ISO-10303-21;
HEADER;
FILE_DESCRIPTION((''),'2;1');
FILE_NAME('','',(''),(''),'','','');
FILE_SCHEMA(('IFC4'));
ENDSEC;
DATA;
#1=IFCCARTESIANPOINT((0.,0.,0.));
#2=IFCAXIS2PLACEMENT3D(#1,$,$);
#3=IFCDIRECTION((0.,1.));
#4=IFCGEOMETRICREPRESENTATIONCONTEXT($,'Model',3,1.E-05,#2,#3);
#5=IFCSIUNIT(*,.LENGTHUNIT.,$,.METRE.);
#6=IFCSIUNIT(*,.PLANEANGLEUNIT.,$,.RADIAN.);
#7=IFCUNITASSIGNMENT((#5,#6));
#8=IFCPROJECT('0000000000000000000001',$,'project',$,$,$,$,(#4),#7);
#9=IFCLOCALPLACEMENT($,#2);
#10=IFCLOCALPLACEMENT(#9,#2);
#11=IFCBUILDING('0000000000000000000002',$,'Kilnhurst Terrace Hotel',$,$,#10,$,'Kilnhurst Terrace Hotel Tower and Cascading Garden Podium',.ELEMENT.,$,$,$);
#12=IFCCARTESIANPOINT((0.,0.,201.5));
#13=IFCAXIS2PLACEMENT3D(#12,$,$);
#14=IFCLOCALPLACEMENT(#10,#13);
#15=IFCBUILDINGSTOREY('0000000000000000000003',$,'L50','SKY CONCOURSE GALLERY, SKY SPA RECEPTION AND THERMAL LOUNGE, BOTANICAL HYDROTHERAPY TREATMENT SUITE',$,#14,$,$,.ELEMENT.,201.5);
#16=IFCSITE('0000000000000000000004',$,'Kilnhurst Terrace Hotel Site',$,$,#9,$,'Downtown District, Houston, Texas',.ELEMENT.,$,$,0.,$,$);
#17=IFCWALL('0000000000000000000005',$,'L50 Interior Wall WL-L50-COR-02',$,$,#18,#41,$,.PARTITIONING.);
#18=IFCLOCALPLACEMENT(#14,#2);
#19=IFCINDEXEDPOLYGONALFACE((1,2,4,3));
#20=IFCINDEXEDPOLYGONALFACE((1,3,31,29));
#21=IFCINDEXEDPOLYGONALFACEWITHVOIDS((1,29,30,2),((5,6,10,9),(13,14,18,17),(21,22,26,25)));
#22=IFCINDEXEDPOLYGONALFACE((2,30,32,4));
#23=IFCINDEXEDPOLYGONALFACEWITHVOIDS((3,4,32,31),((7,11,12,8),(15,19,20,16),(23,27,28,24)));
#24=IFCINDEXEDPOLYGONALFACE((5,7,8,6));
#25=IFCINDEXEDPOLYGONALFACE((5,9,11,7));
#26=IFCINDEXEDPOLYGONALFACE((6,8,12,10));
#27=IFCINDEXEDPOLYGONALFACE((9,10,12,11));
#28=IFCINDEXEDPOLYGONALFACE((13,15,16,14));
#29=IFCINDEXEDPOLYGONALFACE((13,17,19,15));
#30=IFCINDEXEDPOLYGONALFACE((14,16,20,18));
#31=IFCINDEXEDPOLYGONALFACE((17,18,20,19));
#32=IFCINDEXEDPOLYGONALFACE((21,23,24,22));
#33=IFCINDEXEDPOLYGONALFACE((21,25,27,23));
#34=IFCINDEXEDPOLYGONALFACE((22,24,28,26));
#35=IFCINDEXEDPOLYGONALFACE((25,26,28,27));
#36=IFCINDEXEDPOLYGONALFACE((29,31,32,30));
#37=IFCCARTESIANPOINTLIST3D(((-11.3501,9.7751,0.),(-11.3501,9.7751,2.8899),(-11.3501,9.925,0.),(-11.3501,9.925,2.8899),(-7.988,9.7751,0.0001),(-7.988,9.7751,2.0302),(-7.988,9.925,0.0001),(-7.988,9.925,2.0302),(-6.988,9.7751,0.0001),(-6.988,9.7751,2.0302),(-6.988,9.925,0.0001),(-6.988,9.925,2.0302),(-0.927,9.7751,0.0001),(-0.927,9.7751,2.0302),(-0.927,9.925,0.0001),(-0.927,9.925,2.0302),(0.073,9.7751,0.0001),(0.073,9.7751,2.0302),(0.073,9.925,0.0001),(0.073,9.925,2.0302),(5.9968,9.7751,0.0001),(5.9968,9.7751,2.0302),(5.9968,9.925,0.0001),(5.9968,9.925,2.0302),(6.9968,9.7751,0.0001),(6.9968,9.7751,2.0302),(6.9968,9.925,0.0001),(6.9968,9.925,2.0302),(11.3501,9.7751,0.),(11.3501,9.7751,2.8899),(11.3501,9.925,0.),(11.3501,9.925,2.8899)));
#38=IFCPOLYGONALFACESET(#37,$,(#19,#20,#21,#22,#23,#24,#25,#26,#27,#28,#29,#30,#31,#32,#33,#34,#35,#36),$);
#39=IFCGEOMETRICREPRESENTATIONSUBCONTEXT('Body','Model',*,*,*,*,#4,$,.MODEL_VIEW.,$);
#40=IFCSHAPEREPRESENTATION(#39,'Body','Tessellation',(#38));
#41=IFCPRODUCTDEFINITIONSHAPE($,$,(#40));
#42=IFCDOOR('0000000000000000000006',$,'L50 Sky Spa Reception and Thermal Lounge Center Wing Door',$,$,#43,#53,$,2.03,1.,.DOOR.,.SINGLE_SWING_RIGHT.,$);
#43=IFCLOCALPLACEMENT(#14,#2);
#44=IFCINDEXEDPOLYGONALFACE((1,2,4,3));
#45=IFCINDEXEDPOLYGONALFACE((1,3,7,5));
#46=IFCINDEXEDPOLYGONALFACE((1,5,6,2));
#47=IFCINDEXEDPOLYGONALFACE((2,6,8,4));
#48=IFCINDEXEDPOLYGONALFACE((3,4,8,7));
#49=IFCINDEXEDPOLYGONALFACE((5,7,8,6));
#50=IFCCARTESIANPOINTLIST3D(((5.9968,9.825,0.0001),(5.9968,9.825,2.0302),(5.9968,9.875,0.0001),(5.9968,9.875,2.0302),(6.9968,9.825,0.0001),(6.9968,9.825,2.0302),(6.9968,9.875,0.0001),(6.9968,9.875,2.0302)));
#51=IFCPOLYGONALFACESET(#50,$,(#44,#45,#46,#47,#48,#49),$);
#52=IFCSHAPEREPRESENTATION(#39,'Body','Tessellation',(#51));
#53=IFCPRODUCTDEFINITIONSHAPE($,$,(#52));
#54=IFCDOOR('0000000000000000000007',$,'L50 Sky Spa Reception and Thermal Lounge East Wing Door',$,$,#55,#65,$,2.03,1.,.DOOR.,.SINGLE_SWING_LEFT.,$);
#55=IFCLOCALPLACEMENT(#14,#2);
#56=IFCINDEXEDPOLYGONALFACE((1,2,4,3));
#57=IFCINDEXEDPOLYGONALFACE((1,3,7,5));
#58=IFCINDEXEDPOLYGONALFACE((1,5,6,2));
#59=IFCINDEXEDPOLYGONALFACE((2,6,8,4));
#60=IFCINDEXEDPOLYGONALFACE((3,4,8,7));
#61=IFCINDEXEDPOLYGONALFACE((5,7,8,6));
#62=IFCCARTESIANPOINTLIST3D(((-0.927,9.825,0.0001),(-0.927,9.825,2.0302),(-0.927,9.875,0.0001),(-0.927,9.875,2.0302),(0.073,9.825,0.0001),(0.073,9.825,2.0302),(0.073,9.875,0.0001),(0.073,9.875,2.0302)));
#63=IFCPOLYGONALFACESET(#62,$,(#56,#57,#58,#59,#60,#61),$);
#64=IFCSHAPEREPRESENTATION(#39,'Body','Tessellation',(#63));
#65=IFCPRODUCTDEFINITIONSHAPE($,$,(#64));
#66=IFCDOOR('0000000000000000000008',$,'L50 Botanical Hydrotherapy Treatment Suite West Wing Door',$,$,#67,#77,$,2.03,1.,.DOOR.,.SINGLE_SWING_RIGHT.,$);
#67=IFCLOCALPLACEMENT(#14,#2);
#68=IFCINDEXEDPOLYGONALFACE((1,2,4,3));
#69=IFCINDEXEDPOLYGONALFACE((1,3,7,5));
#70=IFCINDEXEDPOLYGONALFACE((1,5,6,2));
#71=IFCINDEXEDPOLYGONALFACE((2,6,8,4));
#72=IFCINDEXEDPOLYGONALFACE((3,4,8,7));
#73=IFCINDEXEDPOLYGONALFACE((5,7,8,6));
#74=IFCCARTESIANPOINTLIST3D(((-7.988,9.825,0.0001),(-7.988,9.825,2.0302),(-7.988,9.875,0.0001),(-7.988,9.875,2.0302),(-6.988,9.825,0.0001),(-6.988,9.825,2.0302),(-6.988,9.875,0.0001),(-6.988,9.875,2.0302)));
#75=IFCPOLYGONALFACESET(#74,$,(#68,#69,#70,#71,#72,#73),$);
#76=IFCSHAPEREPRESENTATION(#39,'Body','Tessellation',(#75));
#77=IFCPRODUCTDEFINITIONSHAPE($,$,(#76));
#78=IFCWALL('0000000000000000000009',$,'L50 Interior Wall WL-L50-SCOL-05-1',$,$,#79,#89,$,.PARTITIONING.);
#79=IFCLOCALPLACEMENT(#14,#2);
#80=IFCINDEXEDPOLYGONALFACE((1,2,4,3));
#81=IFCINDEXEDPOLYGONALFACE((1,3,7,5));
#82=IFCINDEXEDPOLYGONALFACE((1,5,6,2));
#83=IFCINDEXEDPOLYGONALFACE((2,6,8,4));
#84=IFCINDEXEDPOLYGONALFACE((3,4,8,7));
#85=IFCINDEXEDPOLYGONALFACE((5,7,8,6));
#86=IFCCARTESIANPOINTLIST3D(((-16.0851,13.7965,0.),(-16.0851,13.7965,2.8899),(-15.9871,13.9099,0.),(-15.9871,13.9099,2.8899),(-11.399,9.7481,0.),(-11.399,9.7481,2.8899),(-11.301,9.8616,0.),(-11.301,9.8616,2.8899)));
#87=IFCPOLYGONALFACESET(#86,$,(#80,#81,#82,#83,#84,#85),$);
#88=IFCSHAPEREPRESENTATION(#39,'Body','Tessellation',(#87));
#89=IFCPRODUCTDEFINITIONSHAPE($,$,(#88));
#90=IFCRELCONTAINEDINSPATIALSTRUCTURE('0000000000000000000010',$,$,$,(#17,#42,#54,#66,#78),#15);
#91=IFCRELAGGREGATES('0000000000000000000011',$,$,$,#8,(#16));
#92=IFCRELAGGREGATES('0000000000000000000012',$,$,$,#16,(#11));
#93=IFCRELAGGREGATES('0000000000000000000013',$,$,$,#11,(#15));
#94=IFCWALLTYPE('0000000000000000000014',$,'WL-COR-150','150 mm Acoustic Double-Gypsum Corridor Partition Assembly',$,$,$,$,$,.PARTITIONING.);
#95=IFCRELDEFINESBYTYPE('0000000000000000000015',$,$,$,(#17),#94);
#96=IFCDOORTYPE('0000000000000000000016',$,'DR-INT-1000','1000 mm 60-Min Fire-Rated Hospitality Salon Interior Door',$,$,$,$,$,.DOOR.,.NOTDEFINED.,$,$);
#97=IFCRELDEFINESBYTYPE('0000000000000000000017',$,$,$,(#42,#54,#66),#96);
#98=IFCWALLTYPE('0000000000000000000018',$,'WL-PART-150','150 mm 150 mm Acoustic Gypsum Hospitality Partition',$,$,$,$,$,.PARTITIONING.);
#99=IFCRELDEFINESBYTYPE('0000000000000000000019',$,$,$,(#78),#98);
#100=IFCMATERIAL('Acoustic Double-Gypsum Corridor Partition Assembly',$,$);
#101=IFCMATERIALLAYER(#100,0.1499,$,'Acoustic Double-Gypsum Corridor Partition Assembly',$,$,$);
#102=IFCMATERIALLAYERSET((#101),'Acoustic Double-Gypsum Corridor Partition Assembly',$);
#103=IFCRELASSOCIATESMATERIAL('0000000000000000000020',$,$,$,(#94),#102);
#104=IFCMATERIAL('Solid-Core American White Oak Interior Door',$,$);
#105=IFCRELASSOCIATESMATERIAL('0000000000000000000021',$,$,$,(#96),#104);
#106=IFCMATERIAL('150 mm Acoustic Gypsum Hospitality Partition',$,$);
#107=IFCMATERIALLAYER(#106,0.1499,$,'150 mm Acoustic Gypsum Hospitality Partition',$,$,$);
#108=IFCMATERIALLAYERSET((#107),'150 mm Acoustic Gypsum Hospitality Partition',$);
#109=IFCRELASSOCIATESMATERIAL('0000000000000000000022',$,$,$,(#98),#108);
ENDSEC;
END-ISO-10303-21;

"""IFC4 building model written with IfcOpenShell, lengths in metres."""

from ifc_helpers import new_model, si_unit, direction, frame, frame_2d, origin, place, context, subcontext, project, spatial, rectangle, extrude, material, layer, layer_set, type_object, element, fill, save


model = new_model("IFC4")

# Units and contexts
model_context = context("Model", 3, precision=1e-05, world=origin(), true_north=direction((0.0, 1.0)))
body_context = subcontext(model_context, "Body", "Model", "MODEL_VIEW")
ifc_project = project(units=[si_unit("LENGTHUNIT", "METRE"), si_unit("PLANEANGLEUNIT", "RADIAN")], contexts=[model_context])

# Site, building, storey
site_placement = place(None, origin())
site = spatial("IfcSite", under=ifc_project, at=site_placement, Name="Kilnhurst Terrace Hotel Site", LongName="Downtown District, Houston, Texas", CompositionType="ELEMENT", RefElevation=0.0)
building_placement = place(site_placement, origin())
building = spatial("IfcBuilding", under=site, at=building_placement, Name="Kilnhurst Terrace Hotel", LongName="Kilnhurst Terrace Hotel Tower and Cascading Garden Podium", CompositionType="ELEMENT")
storey_placement = place(building_placement, frame((0.0, 0.0, 201.5)))
storey = spatial("IfcBuildingStorey", under=building, at=storey_placement, Name="L50", Description="SKY CONCOURSE GALLERY, SKY SPA RECEPTION AND THERMAL LOUNGE, BOTANICAL HYDROTHERAPY TREATMENT SUITE", CompositionType="ELEMENT", Elevation=201.5)

# Wall, openings, doors
ifc_material_1 = material(Name="Acoustic Double-Gypsum Corridor Partition Assembly")
ifc_layer_1 = layer(ifc_material_1, 0.1499, Name="Acoustic Double-Gypsum Corridor Partition Assembly")
ifc_layer_set_1 = layer_set([ifc_layer_1], Name="Acoustic Double-Gypsum Corridor Partition Assembly")
wall_type_1 = type_object("IfcWallType", Name="WL-COR-150", Description="150 mm Acoustic Double-Gypsum Corridor Partition Assembly", PredefinedType="PARTITIONING", material=ifc_layer_set_1)
wall_1_placement = place(storey_placement, frame((-11.3501, 9.8501, 0.0), z_axis=(0.0, 0.0, 1.0), x_axis=(1.0, 0.0, 0.0)))
wall_1 = element("IfcWall", 1, at=wall_1_placement, inside=storey, type_object=wall_type_1, Name="L50 Interior Wall WL-L50-COR-02", PredefinedType="PARTITIONING", context=body_context, shape_type="SweptSolid", body=[
    extrude(rectangle(XDim=22.7002, YDim=0.1499, at=frame_2d((11.3501, 0.0))), origin(), (0.0, 0.0, 1.0), 2.8899),
])
opening_1_placement = place(wall_1_placement, frame((17.3469, 0.0, 0.0)))
opening_1 = element("IfcOpeningElement", 2, at=opening_1_placement, cuts=wall_1, PredefinedType="OPENING", context=body_context, shape_type="SweptSolid", body=[
    extrude(rectangle(XDim=1.0, YDim=2.03, at=frame_2d((0.5, 1.0151))), frame((0.0, 0.085, 0.0), z_axis=(0.0, -1.0, 0.0), x_axis=(1.0, 0.0, 0.0)), (0.0, 0.0, 1.0), 0.1699),
])
opening_2_placement = place(wall_1_placement, frame((10.4231, 0.0, 0.0)))
opening_2 = element("IfcOpeningElement", 3, at=opening_2_placement, cuts=wall_1, PredefinedType="OPENING", context=body_context, shape_type="SweptSolid", body=[
    extrude(rectangle(XDim=1.0, YDim=2.03, at=frame_2d((0.5, 1.0151))), frame((0.0, 0.085, 0.0), z_axis=(0.0, -1.0, 0.0), x_axis=(1.0, 0.0, 0.0)), (0.0, 0.0, 1.0), 0.1699),
])
opening_3_placement = place(wall_1_placement, frame((3.3621, 0.0, 0.0)))
opening_3 = element("IfcOpeningElement", 4, at=opening_3_placement, cuts=wall_1, PredefinedType="OPENING", context=body_context, shape_type="SweptSolid", body=[
    extrude(rectangle(XDim=1.0, YDim=2.03, at=frame_2d((0.5, 1.0151))), frame((0.0, 0.085, 0.0), z_axis=(0.0, -1.0, 0.0), x_axis=(1.0, 0.0, 0.0)), (0.0, 0.0, 1.0), 0.1699),
])
ifc_material_2 = material(Name="Solid-Core American White Oak Interior Door")
door_type = type_object("IfcDoorType", Name="DR-INT-1000", Description="1000 mm 60-Min Fire-Rated Hospitality Salon Interior Door", OperationType="NOTDEFINED", PredefinedType="DOOR", material=ifc_material_2)
door_1_placement = place(opening_1_placement, origin())
door_1 = element("IfcDoor", 5, at=door_1_placement, inside=storey, type_object=door_type, Name="L50 Sky Spa Reception and Thermal Lounge Center Wing Door", OperationType="SINGLE_SWING_RIGHT", OverallHeight=2.03, OverallWidth=1.0, PredefinedType="DOOR", context=body_context, shape_type="SweptSolid", body=[
    extrude(rectangle(XDim=1.0, YDim=2.03, at=frame_2d((0.5, 1.0151))), frame((0.0, 0.0249, 0.0), z_axis=(0.0, -1.0, 0.0), x_axis=(1.0, 0.0, 0.0)), (0.0, 0.0, 1.0), 0.05),
])
fill(opening_1, door_1)
door_2_placement = place(opening_2_placement, origin())
door_2 = element("IfcDoor", 6, at=door_2_placement, inside=storey, type_object=door_type, Name="L50 Sky Spa Reception and Thermal Lounge East Wing Door", OperationType="SINGLE_SWING_LEFT", OverallHeight=2.03, OverallWidth=1.0, PredefinedType="DOOR", context=body_context, shape_type="SweptSolid", body=[
    extrude(rectangle(XDim=1.0, YDim=2.03, at=frame_2d((0.5, 1.0151))), frame((0.0, 0.0249, 0.0), z_axis=(0.0, -1.0, 0.0), x_axis=(1.0, 0.0, 0.0)), (0.0, 0.0, 1.0), 0.05),
])
fill(opening_2, door_2)
door_3_placement = place(opening_3_placement, origin())
door_3 = element("IfcDoor", 7, at=door_3_placement, inside=storey, type_object=door_type, Name="L50 Botanical Hydrotherapy Treatment Suite West Wing Door", OperationType="SINGLE_SWING_RIGHT", OverallHeight=2.03, OverallWidth=1.0, PredefinedType="DOOR", context=body_context, shape_type="SweptSolid", body=[
    extrude(rectangle(XDim=1.0, YDim=2.03, at=frame_2d((0.5, 1.0151))), frame((0.0, 0.0249, 0.0), z_axis=(0.0, -1.0, 0.0), x_axis=(1.0, 0.0, 0.0)), (0.0, 0.0, 1.0), 0.05),
])
fill(opening_3, door_3)

# Wall
ifc_material_3 = material(Name="150 mm Acoustic Gypsum Hospitality Partition")
ifc_layer_2 = layer(ifc_material_3, 0.1499, Name="150 mm Acoustic Gypsum Hospitality Partition")
ifc_layer_set_2 = layer_set([ifc_layer_2], Name="150 mm Acoustic Gypsum Hospitality Partition")
wall_type_2 = type_object("IfcWallType", Name="WL-PART-150", Description="150 mm 150 mm Acoustic Gypsum Hospitality Partition", PredefinedType="PARTITIONING", material=ifc_layer_set_2)
wall_2_placement = place(storey_placement, frame((-11.3501, 9.8049, 0.0), z_axis=(0.0, 0.0, 1.0), x_axis=(-0.756718, 0.653741, 0.0)))
element("IfcWall", 8, at=wall_2_placement, inside=storey, type_object=wall_type_2, Name="L50 Interior Wall WL-L50-SCOL-05-1", PredefinedType="PARTITIONING", context=body_context, shape_type="SweptSolid", body=[
    extrude(rectangle(XDim=6.1926, YDim=0.1499, at=frame_2d((3.0962, 0.0))), origin(), (0.0, 0.0, 1.0), 2.8899),
])

save(model, "model.ifc")
